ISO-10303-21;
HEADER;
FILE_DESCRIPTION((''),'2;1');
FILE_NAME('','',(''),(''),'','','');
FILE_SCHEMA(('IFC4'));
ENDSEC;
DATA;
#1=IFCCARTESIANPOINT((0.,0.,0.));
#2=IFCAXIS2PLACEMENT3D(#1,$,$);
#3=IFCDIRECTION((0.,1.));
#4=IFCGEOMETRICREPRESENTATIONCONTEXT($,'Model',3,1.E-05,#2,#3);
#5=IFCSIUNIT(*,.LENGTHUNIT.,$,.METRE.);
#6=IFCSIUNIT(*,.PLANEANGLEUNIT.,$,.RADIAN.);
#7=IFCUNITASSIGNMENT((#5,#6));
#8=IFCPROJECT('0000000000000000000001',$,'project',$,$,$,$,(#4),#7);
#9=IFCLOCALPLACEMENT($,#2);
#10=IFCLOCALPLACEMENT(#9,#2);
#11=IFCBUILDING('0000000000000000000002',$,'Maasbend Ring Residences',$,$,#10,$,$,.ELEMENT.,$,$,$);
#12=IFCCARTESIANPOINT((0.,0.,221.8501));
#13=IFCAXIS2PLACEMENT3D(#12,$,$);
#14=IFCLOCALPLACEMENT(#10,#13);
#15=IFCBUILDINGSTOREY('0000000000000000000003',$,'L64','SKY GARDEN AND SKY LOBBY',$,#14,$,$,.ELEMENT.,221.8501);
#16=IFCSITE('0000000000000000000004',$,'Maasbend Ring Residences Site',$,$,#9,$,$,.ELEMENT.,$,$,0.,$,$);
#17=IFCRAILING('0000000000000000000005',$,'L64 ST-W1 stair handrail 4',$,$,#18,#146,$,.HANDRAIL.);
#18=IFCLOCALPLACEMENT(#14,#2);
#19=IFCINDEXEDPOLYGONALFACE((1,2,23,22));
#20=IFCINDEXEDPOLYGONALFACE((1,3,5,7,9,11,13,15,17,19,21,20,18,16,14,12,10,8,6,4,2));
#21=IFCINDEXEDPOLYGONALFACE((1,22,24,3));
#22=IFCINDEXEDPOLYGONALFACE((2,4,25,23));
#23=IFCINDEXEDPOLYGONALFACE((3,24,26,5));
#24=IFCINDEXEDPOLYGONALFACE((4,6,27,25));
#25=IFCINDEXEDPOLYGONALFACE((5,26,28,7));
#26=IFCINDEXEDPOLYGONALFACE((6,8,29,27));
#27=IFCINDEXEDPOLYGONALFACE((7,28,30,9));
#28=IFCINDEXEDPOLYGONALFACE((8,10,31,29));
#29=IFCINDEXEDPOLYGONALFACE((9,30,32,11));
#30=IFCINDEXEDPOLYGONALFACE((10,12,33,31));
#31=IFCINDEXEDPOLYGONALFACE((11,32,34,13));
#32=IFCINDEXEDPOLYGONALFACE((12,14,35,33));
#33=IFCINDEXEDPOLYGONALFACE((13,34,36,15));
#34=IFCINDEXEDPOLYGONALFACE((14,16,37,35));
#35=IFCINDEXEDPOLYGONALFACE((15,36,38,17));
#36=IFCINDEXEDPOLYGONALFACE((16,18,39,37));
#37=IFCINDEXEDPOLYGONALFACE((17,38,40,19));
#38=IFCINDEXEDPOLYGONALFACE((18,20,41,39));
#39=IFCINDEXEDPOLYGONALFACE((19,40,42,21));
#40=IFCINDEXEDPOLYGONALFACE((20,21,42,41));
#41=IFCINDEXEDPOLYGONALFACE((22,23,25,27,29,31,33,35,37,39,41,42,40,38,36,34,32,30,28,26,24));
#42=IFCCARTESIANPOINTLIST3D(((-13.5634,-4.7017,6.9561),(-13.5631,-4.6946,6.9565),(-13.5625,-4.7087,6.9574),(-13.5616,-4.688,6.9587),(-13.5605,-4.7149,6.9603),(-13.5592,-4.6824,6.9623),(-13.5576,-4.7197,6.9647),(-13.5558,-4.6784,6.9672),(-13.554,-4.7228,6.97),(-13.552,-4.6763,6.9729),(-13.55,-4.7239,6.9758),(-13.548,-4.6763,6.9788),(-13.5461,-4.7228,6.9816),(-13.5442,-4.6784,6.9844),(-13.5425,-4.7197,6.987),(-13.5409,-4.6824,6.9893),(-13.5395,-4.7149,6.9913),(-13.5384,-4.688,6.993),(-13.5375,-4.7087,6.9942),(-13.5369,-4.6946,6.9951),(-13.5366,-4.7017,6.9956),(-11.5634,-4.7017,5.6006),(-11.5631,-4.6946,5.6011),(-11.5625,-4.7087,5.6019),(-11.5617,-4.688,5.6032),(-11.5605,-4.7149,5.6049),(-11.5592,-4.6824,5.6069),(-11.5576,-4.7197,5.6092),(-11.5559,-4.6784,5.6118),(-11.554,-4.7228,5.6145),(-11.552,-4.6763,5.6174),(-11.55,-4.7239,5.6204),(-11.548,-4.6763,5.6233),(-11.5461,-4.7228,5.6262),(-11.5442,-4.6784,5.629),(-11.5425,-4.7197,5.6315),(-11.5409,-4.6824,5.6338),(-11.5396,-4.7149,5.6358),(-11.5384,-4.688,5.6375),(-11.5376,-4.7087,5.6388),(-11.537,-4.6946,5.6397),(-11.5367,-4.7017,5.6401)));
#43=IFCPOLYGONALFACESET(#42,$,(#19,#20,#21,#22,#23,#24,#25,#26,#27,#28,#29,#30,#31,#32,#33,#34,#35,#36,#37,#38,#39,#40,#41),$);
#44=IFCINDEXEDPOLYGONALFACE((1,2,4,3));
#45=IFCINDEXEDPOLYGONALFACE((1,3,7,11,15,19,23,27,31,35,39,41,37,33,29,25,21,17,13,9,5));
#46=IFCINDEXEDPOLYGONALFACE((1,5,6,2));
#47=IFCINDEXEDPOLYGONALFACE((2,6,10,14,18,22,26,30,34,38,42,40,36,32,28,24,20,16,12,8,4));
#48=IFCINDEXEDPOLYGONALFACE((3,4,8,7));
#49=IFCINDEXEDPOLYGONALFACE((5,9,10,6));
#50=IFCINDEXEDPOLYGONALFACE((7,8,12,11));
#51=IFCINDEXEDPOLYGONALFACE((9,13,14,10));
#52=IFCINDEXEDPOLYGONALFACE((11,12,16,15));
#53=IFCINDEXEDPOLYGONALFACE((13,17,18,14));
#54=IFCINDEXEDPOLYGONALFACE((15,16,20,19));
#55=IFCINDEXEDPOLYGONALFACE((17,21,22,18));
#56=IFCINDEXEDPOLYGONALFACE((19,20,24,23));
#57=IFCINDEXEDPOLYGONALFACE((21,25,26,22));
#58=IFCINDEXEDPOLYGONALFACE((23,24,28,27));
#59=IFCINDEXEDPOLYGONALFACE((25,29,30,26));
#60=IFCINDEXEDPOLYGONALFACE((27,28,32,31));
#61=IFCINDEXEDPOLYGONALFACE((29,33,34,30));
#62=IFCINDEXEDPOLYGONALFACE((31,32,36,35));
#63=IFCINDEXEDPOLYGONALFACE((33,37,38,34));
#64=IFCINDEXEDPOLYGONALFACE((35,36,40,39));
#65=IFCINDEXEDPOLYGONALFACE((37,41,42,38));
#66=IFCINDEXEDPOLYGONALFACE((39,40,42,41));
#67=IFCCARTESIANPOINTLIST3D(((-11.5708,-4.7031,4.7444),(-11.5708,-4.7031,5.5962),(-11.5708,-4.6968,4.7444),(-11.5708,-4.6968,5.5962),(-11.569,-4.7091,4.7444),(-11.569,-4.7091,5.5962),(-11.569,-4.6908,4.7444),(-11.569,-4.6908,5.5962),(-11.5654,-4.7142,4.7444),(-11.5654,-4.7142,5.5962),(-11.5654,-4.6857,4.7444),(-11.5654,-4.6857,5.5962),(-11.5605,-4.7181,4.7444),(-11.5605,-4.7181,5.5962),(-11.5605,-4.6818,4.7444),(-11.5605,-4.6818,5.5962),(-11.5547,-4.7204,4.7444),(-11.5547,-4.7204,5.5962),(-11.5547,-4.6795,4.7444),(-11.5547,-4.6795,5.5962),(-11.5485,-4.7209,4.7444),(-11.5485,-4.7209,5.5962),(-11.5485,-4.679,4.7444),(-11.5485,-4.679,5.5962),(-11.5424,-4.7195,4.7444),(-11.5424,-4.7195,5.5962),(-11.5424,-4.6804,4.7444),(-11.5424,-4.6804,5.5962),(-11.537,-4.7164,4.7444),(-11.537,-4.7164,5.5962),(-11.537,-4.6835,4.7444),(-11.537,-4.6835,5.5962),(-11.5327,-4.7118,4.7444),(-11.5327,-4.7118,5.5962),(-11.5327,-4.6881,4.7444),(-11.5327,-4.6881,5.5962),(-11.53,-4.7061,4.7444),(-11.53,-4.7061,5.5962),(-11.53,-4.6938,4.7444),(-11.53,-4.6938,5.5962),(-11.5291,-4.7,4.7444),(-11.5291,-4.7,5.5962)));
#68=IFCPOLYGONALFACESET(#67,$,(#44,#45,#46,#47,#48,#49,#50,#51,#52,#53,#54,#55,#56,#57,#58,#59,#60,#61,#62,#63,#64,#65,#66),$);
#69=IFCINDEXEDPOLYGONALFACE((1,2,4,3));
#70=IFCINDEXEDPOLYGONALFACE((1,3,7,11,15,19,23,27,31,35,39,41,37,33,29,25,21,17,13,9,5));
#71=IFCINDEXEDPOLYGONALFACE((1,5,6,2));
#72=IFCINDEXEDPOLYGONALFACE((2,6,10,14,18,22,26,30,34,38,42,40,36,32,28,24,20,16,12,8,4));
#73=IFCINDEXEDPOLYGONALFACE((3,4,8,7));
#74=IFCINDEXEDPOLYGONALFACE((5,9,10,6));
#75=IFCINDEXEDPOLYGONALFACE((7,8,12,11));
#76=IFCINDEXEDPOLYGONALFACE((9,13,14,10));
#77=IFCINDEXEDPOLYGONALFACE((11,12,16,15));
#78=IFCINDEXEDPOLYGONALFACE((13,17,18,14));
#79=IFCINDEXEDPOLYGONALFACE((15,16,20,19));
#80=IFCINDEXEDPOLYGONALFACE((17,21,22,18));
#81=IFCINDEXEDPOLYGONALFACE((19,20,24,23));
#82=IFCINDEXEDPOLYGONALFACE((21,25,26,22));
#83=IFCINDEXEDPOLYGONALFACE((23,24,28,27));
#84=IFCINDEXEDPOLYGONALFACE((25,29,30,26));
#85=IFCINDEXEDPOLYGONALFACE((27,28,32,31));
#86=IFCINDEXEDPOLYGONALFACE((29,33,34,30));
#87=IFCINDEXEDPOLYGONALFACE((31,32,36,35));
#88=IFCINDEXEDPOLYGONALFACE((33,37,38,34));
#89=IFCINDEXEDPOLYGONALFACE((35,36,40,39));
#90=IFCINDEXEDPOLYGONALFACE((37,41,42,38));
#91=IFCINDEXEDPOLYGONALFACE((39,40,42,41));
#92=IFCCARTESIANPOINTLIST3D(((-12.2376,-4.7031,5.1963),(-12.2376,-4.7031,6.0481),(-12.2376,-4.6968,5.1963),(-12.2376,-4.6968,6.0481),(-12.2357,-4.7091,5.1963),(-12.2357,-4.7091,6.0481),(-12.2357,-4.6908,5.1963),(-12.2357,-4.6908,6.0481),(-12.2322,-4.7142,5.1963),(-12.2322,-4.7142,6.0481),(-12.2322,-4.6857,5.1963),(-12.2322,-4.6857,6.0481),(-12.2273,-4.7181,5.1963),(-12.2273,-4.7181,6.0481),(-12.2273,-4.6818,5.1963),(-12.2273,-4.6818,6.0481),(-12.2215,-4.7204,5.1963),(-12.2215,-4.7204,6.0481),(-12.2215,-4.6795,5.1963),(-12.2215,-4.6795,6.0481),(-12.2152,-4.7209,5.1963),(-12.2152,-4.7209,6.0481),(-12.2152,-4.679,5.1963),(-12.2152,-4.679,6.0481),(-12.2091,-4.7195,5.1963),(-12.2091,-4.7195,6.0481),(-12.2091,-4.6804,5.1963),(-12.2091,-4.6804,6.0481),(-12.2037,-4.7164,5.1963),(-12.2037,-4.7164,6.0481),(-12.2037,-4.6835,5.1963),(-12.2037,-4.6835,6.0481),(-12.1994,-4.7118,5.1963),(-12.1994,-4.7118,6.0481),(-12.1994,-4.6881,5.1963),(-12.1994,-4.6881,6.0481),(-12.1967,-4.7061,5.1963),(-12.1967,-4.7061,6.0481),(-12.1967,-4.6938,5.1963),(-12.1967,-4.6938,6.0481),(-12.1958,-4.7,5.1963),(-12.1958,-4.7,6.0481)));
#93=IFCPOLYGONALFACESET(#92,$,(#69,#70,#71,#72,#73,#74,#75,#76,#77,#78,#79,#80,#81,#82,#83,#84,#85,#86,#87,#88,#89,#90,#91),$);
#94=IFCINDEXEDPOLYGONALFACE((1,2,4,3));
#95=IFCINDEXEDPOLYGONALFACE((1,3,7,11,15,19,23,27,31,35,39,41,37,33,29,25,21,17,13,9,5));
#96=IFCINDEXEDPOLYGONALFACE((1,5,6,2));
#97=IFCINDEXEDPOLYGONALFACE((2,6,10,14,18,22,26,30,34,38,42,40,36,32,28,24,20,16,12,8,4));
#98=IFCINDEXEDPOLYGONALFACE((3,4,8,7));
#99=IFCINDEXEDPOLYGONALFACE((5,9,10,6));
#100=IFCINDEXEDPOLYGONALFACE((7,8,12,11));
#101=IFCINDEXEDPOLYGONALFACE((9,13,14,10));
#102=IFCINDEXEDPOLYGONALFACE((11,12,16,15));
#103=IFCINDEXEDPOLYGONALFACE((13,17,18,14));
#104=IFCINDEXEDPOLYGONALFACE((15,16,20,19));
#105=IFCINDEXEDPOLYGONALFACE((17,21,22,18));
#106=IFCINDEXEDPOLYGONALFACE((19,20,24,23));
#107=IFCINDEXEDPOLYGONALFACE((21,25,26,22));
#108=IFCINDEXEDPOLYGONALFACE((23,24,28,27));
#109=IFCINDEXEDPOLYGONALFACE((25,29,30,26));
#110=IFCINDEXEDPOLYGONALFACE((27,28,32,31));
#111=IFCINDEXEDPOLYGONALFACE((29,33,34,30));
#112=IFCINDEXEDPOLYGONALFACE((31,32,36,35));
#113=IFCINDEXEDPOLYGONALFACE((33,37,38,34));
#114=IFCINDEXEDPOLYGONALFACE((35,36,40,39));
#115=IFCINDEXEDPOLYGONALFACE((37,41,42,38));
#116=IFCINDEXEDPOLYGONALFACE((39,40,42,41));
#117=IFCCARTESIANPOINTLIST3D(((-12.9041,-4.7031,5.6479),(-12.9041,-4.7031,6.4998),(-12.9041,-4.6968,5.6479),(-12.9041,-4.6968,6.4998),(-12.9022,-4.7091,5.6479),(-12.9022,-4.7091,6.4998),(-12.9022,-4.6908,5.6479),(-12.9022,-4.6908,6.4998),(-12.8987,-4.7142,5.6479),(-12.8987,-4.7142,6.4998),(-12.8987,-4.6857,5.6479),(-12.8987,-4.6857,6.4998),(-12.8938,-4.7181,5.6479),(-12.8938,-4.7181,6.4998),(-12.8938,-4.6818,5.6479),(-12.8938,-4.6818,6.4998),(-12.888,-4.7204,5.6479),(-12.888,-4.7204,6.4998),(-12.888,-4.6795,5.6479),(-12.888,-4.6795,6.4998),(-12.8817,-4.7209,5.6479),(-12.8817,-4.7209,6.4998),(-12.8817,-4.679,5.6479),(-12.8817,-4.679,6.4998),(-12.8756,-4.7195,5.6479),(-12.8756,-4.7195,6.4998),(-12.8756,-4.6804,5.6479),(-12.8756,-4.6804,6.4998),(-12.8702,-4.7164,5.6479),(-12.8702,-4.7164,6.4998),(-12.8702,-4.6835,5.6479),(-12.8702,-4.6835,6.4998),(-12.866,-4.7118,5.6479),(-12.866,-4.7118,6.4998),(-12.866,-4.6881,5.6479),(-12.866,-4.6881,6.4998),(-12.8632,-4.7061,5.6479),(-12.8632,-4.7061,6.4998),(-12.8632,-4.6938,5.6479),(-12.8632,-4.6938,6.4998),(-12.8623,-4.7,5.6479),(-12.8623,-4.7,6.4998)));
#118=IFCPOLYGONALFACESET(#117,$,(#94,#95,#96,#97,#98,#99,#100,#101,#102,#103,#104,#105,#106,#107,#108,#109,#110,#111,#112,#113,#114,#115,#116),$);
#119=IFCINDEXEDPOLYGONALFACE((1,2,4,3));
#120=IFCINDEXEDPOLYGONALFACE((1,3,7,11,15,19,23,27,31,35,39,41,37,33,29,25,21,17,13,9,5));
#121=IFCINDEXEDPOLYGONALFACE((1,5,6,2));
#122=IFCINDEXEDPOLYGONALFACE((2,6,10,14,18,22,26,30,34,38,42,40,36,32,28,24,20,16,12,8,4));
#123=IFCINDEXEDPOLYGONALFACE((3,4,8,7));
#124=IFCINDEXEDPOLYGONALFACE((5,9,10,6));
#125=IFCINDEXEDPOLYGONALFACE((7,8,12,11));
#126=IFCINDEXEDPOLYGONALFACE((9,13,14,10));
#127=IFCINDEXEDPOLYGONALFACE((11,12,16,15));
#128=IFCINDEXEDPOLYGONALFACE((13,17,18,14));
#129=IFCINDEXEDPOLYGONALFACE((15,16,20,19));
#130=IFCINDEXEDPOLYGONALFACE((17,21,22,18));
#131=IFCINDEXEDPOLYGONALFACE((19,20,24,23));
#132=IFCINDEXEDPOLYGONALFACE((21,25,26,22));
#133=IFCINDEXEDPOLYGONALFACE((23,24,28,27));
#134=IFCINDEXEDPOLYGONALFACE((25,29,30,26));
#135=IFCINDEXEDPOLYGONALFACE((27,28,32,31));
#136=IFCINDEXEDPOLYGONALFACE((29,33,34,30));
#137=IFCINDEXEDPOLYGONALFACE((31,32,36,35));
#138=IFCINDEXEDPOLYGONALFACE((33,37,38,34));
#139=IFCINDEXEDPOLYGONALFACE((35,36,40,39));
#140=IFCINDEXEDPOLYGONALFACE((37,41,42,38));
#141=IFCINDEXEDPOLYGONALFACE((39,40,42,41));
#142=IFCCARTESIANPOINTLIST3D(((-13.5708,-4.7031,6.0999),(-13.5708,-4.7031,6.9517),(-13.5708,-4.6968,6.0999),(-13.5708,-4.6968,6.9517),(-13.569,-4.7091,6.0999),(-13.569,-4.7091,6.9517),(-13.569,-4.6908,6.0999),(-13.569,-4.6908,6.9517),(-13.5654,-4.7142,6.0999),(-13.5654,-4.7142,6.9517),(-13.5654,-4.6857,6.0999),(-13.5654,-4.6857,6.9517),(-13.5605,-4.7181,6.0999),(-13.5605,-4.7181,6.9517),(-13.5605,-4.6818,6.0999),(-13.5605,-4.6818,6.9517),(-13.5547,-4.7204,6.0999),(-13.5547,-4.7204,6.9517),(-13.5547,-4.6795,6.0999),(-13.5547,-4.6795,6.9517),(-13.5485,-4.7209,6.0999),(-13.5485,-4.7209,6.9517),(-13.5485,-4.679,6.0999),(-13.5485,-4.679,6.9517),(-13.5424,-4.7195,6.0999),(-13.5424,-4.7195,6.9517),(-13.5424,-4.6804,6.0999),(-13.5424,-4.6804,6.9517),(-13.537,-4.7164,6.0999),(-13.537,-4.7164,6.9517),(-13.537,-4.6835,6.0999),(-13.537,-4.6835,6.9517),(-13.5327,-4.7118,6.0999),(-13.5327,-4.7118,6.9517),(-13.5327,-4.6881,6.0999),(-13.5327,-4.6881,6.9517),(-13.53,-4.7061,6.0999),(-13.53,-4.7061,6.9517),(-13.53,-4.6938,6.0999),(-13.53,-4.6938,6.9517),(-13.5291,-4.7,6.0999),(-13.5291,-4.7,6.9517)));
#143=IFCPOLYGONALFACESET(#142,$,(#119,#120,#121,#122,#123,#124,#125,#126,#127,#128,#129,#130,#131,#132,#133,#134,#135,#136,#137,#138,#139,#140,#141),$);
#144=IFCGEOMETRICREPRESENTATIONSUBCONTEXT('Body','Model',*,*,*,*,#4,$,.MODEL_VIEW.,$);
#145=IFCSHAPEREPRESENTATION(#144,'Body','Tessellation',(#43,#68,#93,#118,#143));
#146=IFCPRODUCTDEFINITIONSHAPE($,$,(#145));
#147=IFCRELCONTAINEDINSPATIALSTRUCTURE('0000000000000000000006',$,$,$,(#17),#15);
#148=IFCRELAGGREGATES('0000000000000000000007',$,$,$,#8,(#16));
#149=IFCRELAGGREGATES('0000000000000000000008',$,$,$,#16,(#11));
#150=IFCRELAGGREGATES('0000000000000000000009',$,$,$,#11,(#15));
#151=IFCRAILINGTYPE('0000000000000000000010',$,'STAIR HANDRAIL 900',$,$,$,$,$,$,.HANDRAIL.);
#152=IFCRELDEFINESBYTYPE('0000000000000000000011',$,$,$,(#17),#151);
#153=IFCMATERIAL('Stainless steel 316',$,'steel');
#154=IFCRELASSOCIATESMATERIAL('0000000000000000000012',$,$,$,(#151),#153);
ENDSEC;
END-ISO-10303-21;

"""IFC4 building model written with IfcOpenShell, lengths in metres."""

from ifc_helpers import new_model, si_unit, direction, frame, origin, origin_2d, place, context, subcontext, project, spatial, circle, extrude, material, type_object, element, save


model = new_model("IFC4")

# Units and contexts
model_context = context("Model", 3, precision=1e-05, world=origin(), true_north=direction((0.0, 1.0)))
body_context = subcontext(model_context, "Body", "Model", "MODEL_VIEW")
ifc_project = project(units=[si_unit("LENGTHUNIT", "METRE"), si_unit("PLANEANGLEUNIT", "RADIAN")], contexts=[model_context])

# Site, building, storey
site_placement = place(None, origin())
site = spatial("IfcSite", under=ifc_project, at=site_placement, Name="Maasbend Ring Residences Site", CompositionType="ELEMENT", RefElevation=0.0)
building_placement = place(site_placement, origin())
building = spatial("IfcBuilding", under=site, at=building_placement, Name="Maasbend Ring Residences", CompositionType="ELEMENT")
storey_placement = place(building_placement, frame((0.0, 0.0, 221.8501)))
storey = spatial("IfcBuildingStorey", under=building, at=storey_placement, Name="L64", Description="SKY GARDEN AND SKY LOBBY", CompositionType="ELEMENT", Elevation=221.8501)

# Railing
ifc_material_1 = material(Name="Stainless steel 316", Category="steel")
railing_type_1 = type_object("IfcRailingType", Name="STAIR HANDRAIL 900", PredefinedType="HANDRAIL", material=ifc_material_1)
railing_1_placement = place(storey_placement, frame((-11.55, -4.7, 4.7444)))
element("IfcRailing", 1, at=railing_1_placement, inside=storey, type_object=railing_type_1, Name="L64 ST-W1 stair handrail 4", PredefinedType="HANDRAIL", context=body_context, shape_type="SweptSolid", body=[
    extrude(circle(Radius=0.0239, at=origin_2d()), frame((0.0, 0.0, 0.876), z_axis=(-0.827798, 0.0, 0.561027), x_axis=(0.0, -1.0, 0.0)), (0.0, 0.0, 1.0), 2.416),
    extrude(circle(Radius=0.021, at=origin_2d()), origin(), (0.0, 0.0, 1.0), 0.8518),
    extrude(circle(Radius=0.021, at=origin_2d()), frame((-0.6667, 0.0, 0.4519)), (0.0, 0.0, 1.0), 0.8518),
    extrude(circle(Radius=0.021, at=origin_2d()), frame((-1.3333, 0.0, 0.9036)), (0.0, 0.0, 1.0), 0.8518),
    extrude(circle(Radius=0.021, at=origin_2d()), frame((-2.0, 0.0, 1.3555)), (0.0, 0.0, 1.0), 0.8518),
])

save(model, "model.ifc")
